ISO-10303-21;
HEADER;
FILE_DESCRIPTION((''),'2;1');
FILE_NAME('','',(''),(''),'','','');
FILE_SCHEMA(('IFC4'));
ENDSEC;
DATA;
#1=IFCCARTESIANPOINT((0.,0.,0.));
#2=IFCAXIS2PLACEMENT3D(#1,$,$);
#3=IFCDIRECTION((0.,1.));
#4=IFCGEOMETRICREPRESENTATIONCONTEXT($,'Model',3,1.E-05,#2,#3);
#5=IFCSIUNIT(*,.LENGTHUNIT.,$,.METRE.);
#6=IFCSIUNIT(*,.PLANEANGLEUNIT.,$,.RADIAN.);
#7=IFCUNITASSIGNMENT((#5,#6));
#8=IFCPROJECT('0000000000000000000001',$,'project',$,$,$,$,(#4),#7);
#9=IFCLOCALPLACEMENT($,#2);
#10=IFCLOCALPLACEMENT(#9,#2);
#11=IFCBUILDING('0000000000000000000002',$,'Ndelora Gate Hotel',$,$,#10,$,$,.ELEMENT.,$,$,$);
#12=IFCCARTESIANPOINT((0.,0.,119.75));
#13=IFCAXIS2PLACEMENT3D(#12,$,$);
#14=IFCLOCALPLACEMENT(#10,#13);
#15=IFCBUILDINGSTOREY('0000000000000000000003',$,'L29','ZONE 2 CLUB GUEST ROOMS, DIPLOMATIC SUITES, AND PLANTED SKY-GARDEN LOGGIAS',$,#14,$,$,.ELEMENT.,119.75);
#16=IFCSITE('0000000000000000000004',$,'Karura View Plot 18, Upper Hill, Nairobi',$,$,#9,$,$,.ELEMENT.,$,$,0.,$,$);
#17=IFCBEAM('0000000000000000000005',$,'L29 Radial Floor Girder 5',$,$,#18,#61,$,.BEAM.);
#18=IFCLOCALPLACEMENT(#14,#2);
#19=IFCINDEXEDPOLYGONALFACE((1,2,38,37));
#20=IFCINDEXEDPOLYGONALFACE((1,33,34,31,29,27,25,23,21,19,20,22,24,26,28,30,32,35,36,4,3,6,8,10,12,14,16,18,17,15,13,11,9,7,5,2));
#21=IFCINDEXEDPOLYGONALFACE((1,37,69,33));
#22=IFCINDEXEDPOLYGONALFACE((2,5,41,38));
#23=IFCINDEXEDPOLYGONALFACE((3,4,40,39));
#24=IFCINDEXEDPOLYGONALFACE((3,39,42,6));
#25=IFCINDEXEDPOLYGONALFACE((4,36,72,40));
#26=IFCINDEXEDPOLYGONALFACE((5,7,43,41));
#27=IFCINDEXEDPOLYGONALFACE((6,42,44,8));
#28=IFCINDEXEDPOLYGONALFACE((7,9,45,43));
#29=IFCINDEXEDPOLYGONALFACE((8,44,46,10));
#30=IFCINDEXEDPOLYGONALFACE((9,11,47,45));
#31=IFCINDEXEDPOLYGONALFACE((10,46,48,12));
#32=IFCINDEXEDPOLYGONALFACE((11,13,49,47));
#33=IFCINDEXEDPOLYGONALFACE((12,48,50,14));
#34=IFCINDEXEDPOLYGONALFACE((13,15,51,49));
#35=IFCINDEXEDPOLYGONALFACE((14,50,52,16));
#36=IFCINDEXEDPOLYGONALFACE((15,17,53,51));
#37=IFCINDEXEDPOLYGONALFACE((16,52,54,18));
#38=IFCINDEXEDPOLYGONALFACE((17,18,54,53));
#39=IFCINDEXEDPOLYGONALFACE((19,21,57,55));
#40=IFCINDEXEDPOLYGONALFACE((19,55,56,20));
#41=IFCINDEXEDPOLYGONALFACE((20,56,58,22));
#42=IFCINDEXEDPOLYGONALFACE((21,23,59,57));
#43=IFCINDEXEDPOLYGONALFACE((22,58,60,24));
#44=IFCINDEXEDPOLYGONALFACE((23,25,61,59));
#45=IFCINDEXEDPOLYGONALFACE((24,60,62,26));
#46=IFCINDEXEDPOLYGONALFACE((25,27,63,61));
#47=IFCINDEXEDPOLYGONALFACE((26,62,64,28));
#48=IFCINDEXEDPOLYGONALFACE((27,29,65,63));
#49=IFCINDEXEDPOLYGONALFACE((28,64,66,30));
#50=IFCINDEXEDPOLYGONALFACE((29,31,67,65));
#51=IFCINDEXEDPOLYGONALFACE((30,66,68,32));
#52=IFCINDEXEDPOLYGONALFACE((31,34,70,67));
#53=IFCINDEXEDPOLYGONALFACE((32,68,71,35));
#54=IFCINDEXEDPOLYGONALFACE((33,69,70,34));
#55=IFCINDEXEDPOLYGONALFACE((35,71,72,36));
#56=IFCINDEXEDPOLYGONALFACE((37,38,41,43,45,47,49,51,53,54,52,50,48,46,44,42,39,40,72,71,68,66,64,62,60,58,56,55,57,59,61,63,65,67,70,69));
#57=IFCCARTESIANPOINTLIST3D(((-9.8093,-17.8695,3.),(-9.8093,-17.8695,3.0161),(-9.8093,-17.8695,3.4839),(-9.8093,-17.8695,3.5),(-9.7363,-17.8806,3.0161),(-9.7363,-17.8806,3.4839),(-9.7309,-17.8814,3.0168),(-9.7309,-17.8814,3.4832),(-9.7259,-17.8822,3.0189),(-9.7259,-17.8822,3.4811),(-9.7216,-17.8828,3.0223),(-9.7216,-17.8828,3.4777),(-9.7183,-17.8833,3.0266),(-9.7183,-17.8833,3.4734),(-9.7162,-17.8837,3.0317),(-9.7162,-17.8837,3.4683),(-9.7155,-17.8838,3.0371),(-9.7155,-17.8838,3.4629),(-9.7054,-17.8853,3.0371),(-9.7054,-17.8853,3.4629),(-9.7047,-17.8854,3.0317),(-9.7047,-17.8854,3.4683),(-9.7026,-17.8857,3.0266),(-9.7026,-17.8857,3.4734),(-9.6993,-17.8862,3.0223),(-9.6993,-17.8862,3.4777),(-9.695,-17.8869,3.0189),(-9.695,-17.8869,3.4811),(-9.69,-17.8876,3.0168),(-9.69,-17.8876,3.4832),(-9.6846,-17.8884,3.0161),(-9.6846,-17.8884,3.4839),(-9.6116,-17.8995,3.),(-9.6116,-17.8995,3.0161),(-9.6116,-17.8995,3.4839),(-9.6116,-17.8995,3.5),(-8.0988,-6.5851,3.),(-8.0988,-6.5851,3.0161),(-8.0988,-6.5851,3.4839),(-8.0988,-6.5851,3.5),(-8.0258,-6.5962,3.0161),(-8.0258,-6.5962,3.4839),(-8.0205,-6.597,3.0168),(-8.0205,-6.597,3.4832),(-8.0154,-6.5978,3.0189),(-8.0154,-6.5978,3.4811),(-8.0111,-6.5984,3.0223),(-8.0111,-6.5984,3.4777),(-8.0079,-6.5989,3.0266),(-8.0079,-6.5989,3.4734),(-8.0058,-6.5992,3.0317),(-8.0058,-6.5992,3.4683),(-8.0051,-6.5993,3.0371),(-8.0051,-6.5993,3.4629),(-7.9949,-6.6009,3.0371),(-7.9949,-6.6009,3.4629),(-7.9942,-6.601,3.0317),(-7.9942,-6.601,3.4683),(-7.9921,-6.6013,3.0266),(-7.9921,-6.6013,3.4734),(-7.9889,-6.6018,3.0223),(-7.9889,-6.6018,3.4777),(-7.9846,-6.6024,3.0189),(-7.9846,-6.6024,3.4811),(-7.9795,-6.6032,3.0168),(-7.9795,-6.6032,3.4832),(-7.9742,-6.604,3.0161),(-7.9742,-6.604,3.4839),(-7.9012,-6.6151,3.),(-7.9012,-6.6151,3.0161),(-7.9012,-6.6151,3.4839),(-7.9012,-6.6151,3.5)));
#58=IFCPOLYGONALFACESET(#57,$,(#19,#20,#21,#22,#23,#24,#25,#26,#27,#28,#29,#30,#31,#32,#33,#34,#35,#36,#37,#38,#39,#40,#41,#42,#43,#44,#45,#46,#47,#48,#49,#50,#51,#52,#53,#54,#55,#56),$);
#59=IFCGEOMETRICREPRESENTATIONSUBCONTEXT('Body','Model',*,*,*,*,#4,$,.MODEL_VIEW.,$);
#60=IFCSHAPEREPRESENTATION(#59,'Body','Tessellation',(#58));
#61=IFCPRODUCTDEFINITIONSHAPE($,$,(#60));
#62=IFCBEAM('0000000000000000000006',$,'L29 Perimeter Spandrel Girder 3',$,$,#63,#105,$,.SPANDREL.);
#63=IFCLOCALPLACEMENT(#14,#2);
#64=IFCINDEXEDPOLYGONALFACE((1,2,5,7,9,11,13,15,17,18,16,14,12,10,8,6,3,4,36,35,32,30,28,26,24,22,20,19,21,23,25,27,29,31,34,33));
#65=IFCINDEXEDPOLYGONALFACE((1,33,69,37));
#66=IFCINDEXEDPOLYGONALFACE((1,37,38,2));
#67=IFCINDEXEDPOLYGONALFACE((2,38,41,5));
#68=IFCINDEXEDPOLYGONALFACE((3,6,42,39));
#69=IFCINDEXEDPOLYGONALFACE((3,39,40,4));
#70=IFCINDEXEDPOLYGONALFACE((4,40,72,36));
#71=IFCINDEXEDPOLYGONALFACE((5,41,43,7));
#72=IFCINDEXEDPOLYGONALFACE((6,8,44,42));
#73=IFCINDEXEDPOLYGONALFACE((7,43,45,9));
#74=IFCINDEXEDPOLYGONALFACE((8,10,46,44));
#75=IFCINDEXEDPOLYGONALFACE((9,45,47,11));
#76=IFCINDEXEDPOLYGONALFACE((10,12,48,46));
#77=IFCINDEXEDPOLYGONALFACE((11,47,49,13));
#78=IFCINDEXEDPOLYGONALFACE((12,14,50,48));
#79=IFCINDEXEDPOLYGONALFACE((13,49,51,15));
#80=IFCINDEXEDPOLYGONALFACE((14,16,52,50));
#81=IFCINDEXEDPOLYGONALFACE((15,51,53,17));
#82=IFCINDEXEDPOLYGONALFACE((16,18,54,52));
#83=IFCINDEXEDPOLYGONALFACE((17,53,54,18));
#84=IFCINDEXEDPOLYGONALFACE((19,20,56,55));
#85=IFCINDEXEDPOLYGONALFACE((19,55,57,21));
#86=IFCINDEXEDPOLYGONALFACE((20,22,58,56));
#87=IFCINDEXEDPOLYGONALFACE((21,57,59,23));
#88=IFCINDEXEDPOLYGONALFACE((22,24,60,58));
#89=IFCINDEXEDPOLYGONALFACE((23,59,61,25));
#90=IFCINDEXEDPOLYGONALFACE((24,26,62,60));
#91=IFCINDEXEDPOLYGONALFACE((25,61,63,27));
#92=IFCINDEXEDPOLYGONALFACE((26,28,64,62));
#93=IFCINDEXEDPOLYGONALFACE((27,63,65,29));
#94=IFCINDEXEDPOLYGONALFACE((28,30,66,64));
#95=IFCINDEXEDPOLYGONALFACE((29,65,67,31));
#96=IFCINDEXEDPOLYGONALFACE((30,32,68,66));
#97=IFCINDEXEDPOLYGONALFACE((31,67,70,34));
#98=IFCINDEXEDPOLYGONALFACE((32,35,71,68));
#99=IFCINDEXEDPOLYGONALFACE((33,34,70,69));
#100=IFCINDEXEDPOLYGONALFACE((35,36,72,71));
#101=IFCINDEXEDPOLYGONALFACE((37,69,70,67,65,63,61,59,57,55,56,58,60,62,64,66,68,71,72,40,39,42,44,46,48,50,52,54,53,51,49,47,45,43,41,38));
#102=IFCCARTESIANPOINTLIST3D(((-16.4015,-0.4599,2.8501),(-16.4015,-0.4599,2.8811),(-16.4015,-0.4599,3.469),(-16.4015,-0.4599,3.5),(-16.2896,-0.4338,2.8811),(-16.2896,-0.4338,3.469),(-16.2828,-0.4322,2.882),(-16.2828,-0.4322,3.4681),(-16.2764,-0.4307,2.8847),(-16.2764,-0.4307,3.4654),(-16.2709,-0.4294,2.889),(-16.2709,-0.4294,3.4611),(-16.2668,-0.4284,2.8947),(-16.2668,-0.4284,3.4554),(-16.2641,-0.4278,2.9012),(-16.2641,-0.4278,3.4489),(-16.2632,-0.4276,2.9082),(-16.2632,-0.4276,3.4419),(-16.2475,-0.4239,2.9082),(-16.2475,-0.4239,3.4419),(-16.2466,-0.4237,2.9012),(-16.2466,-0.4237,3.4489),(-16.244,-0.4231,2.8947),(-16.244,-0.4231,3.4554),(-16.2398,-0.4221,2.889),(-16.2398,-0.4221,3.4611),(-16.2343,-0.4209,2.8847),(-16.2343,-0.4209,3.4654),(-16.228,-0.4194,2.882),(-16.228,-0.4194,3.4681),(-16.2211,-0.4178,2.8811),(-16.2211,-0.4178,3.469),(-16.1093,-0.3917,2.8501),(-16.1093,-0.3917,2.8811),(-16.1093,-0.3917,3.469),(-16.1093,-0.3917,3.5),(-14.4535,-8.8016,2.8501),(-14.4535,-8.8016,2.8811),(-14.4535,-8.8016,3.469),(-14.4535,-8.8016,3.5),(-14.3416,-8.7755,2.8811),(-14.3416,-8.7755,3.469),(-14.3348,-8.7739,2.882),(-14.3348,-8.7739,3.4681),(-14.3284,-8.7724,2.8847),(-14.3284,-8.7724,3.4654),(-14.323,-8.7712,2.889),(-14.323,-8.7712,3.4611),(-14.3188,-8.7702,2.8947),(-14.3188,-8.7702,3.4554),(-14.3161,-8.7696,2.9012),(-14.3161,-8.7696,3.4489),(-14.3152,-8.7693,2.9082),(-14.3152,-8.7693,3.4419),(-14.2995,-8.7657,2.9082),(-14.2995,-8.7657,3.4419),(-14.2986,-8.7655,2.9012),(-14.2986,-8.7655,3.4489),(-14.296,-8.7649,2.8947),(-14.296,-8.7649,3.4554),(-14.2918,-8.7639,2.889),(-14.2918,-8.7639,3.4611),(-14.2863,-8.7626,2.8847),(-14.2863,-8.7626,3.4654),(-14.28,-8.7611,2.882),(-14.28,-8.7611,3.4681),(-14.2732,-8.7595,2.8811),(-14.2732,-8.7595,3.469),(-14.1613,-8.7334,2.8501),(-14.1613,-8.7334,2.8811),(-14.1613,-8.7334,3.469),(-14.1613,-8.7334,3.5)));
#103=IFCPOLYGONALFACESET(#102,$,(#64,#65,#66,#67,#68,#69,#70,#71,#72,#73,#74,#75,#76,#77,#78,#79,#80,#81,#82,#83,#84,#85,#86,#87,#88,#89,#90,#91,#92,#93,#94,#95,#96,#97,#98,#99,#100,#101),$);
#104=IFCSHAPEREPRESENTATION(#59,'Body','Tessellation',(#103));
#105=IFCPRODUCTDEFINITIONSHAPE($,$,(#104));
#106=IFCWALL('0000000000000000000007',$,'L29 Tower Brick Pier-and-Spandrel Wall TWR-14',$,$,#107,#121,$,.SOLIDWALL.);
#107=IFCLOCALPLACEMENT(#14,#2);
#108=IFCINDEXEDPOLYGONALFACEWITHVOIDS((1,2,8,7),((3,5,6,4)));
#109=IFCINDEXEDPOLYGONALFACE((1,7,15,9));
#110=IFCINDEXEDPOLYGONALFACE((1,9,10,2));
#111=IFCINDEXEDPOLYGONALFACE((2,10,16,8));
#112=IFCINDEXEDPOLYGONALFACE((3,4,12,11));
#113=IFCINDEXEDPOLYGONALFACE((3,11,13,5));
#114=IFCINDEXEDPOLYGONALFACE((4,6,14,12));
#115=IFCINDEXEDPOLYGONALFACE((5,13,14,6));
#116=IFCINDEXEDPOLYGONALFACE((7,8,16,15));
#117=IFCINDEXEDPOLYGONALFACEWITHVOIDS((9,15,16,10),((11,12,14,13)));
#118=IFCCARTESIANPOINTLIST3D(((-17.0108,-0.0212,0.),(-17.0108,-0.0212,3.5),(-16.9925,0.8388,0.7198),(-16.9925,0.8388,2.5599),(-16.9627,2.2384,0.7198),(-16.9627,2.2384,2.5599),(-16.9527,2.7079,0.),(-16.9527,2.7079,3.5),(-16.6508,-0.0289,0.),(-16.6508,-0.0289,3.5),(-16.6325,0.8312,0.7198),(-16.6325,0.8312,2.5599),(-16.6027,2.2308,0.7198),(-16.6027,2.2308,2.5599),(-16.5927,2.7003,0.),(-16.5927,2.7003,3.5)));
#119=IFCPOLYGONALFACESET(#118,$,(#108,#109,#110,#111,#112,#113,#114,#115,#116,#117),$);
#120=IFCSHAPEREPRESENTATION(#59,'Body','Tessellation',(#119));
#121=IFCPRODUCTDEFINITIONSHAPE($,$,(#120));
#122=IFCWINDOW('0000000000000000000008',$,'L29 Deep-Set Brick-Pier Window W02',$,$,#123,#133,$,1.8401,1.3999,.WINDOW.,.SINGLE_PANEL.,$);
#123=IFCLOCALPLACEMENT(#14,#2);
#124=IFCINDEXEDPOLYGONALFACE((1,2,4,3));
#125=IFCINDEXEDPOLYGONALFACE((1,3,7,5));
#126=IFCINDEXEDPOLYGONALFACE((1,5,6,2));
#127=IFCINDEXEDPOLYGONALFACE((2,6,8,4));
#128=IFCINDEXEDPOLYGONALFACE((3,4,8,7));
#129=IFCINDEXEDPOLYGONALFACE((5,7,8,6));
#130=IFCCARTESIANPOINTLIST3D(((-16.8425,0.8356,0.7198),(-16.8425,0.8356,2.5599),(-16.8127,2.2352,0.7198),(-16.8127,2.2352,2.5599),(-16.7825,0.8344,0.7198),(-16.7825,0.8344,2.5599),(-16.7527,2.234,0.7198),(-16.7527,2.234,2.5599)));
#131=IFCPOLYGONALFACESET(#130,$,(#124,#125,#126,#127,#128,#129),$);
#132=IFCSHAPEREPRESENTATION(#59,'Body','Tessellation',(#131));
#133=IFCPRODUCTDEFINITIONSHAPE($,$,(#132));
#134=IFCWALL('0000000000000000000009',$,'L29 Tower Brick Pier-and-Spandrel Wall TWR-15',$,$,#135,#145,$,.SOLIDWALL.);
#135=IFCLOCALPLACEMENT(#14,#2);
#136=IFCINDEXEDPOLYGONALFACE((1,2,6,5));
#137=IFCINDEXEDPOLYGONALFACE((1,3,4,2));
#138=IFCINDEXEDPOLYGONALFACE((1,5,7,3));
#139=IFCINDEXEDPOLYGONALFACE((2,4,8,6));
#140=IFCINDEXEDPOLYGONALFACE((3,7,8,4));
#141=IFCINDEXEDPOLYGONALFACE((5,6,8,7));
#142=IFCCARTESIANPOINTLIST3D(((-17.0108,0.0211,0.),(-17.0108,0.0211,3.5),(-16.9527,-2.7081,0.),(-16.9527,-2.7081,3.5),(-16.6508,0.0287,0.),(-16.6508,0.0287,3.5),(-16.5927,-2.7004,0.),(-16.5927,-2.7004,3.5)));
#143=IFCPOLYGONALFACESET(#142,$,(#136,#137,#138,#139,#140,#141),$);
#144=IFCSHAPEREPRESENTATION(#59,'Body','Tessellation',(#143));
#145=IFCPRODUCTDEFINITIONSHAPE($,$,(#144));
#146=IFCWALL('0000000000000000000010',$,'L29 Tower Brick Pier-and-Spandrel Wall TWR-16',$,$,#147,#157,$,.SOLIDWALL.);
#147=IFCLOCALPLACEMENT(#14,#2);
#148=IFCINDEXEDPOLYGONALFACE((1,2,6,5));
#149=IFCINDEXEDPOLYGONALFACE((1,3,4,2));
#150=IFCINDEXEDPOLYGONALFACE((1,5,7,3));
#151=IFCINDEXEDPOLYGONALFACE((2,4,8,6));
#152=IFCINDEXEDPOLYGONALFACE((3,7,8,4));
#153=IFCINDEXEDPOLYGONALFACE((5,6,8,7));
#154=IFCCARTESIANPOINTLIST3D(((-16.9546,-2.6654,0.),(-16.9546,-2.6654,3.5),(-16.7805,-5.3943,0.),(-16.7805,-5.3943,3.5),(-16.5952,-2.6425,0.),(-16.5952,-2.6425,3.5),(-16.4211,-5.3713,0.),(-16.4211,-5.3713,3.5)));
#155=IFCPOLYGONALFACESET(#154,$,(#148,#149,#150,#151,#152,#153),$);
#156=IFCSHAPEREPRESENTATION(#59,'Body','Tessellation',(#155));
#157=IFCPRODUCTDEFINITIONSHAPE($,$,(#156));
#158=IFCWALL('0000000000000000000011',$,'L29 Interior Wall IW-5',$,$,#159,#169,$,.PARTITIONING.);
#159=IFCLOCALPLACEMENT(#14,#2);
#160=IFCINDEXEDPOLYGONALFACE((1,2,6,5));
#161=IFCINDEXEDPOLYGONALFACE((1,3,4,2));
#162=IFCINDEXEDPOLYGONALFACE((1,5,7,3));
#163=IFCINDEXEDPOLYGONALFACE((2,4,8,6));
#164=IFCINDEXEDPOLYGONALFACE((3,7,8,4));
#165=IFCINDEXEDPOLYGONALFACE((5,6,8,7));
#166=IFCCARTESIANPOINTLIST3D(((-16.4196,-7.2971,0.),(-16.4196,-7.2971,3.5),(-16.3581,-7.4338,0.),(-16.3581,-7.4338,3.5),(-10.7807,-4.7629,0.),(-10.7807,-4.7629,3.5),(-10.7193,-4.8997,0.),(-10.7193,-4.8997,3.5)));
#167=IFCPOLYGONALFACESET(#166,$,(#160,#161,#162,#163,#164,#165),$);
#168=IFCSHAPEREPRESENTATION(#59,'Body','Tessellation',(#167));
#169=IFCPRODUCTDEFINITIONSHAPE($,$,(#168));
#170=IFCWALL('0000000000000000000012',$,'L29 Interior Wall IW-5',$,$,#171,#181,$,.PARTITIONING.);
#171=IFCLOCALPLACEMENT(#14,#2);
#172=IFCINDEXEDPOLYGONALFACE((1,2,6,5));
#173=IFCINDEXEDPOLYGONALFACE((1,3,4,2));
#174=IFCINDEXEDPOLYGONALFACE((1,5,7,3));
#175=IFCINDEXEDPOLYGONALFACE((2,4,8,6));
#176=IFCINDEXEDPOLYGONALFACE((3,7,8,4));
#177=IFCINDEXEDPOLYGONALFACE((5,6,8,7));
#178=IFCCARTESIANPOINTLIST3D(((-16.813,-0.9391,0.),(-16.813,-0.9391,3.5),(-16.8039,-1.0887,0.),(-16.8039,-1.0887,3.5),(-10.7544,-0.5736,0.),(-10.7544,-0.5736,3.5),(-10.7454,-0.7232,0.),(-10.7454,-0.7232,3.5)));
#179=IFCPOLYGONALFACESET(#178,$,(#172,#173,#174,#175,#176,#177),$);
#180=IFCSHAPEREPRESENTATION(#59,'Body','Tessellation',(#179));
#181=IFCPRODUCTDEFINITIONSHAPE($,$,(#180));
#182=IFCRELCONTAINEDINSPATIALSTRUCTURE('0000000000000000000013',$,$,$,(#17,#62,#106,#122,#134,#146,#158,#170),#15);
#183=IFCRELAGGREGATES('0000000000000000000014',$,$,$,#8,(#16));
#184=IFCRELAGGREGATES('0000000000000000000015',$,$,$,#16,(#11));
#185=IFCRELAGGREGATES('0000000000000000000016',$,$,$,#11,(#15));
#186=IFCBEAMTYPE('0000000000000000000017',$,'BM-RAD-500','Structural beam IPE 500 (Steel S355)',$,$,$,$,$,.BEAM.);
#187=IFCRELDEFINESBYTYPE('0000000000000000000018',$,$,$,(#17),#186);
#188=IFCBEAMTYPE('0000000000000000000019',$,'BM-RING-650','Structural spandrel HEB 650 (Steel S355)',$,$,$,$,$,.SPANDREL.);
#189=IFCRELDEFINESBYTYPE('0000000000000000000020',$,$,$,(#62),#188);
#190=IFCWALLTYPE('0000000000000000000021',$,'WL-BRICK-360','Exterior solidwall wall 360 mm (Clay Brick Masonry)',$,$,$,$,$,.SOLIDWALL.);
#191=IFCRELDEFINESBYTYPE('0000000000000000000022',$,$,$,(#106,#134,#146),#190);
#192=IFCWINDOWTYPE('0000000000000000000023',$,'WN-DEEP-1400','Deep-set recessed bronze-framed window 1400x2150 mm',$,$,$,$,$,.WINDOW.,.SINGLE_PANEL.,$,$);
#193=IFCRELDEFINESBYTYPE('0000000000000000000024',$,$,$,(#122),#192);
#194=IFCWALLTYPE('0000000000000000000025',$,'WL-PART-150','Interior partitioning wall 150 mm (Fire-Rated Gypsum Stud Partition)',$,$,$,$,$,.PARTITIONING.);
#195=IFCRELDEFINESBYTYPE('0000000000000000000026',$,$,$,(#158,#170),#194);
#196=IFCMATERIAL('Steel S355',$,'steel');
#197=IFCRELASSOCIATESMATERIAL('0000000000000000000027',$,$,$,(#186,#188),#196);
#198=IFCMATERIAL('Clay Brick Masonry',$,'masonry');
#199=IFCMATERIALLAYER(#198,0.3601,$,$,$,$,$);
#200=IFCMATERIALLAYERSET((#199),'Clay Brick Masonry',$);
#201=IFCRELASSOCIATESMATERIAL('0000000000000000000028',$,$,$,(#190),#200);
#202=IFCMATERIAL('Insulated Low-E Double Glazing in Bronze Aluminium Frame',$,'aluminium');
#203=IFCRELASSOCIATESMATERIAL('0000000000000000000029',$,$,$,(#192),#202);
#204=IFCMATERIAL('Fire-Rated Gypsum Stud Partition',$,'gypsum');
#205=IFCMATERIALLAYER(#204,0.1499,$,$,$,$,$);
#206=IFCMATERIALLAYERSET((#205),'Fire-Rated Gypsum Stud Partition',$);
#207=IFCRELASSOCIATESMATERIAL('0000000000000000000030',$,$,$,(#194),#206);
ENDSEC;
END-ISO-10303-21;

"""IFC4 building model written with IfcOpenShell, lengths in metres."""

from ifc_helpers import new_model, si_unit, direction, frame, frame_2d, origin, origin_2d, place, context, subcontext, project, spatial, rectangle, i_section, extrude, material, layer, layer_set, material_profile, profile_set, type_object, element, fill, save


model = new_model("IFC4")

# Units and contexts
model_context = context("Model", 3, precision=1e-05, world=origin(), true_north=direction((0.0, 1.0)))
body_context = subcontext(model_context, "Body", "Model", "MODEL_VIEW")
ifc_project = project(units=[si_unit("LENGTHUNIT", "METRE"), si_unit("PLANEANGLEUNIT", "RADIAN")], contexts=[model_context])

# Site, building, storey
site_placement = place(None, origin())
site = spatial("IfcSite", under=ifc_project, at=site_placement, Name="Karura View Plot 18, Upper Hill, Nairobi", CompositionType="ELEMENT", RefElevation=0.0)
building_placement = place(site_placement, origin())
building = spatial("IfcBuilding", under=site, at=building_placement, Name="Ndelora Gate Hotel", CompositionType="ELEMENT")
storey_placement = place(building_placement, frame((0.0, 0.0, 119.75)))
storey = spatial("IfcBuildingStorey", under=building, at=storey_placement, Name="L29", Description="ZONE 2 CLUB GUEST ROOMS, DIPLOMATIC SUITES, AND PLANTED SKY-GARDEN LOGGIAS", CompositionType="ELEMENT", Elevation=119.75)

# Beams
ifc_material_1 = material(Name="Steel S355", Category="steel")
ifc_material_profile_1 = material_profile(ifc_material_1, i_section(OverallWidth=0.2, OverallDepth=0.5, WebThickness=0.0103, FlangeThickness=0.0161, FilletRadius=0.021, at=origin_2d()), Name="IPE 500")
ifc_profile_set_1 = profile_set([ifc_material_profile_1], Name="Steel S355")
beam_type_1 = type_object("IfcBeamType", Name="BM-RAD-500", Description="Structural beam IPE 500 (Steel S355)", PredefinedType="BEAM", material=ifc_profile_set_1)
beam_1_placement = place(storey_placement, frame((-8.0, -6.6001, 3.25), z_axis=(-0.149864, -0.988707, 0.0), x_axis=(0.988707, -0.149864, 0.0)))
element("IfcBeam", 1, at=beam_1_placement, inside=storey, type_object=beam_type_1, Name="L29 Radial Floor Girder 5", PredefinedType="BEAM", context=body_context, shape_type="SweptSolid", body=[
    extrude(i_section(OverallWidth=0.2, OverallDepth=0.5, WebThickness=0.0103, FlangeThickness=0.0161, FilletRadius=0.021, at=origin_2d()), origin(), (0.0, 0.0, 1.0), 11.4133),
])
ifc_material_profile_2 = material_profile(ifc_material_1, i_section(OverallWidth=0.3, OverallDepth=0.6499, WebThickness=0.0161, FlangeThickness=0.031, FilletRadius=0.0271, at=origin_2d()), Name="HEB 650")
ifc_profile_set_2 = profile_set([ifc_material_profile_2], Name="Steel S355")
beam_type_2 = type_object("IfcBeamType", Name="BM-RING-650", Description="Structural spandrel HEB 650 (Steel S355)", PredefinedType="SPANDREL", material=ifc_profile_set_2)
beam_2_placement = place(storey_placement, frame((-16.2554, -0.4258, 3.175), z_axis=(0.227404, -0.9738, 0.0), x_axis=(0.9738, 0.227404, 0.0)))
element("IfcBeam", 2, at=beam_2_placement, inside=storey, type_object=beam_type_2, Name="L29 Perimeter Spandrel Girder 3", PredefinedType="SPANDREL", context=body_context, shape_type="SweptSolid", body=[
    extrude(i_section(OverallWidth=0.3, OverallDepth=0.6499, WebThickness=0.0161, FlangeThickness=0.031, FilletRadius=0.0271, at=origin_2d()), origin(), (0.0, 0.0, 1.0), 8.5662),
])

# Wall, opening, window
ifc_material_2 = material(Name="Clay Brick Masonry", Category="masonry")
ifc_layer_1 = layer(ifc_material_2, 0.3601)
ifc_layer_set_1 = layer_set([ifc_layer_1], Name="Clay Brick Masonry")
wall_type_1 = type_object("IfcWallType", Name="WL-BRICK-360", Description="Exterior solidwall wall 360 mm (Clay Brick Masonry)", PredefinedType="SOLIDWALL", material=ifc_layer_set_1)
wall_1_placement = place(storey_placement, frame((-16.8308, -0.0249, 0.0), z_axis=(0.0, 0.0, 1.0), x_axis=(0.021287, 0.999773, 0.0)))
wall_1 = element("IfcWall", 3, at=wall_1_placement, inside=storey, type_object=wall_type_1, Name="L29 Tower Brick Pier-and-Spandrel Wall TWR-14", PredefinedType="SOLIDWALL", context=body_context, shape_type="SweptSolid", body=[
    extrude(rectangle(XDim=2.7297, YDim=0.3601, at=frame_2d((1.3647, 0.0))), origin(), (0.0, 0.0, 1.0), 3.5),
])
opening_1_placement = place(wall_1_placement, frame((0.8601, 0.0, 0.72)))
opening_1 = element("IfcOpeningElement", 4, at=opening_1_placement, cuts=wall_1, PredefinedType="OPENING", context=body_context, shape_type="SweptSolid", body=[
    extrude(rectangle(XDim=1.3999, YDim=1.8401, at=frame_2d((0.7, 0.9199))), frame((0.0, 0.1899, 0.0), z_axis=(0.0, -1.0, 0.0), x_axis=(1.0, 0.0, 0.0)), (0.0, 0.0, 1.0), 0.3801),
])
ifc_material_3 = material(Name="Insulated Low-E Double Glazing in Bronze Aluminium Frame", Category="aluminium")
window_type = type_object("IfcWindowType", Name="WN-DEEP-1400", Description="Deep-set recessed bronze-framed window 1400x2150 mm", PartitioningType="SINGLE_PANEL", PredefinedType="WINDOW", material=ifc_material_3)
window_placement = place(opening_1_placement, origin())
window = element("IfcWindow", 5, at=window_placement, inside=storey, type_object=window_type, Name="L29 Deep-Set Brick-Pier Window W02", OverallHeight=1.8401, OverallWidth=1.3999, PartitioningType="SINGLE_PANEL", PredefinedType="WINDOW", context=body_context, shape_type="SweptSolid", body=[
    extrude(rectangle(XDim=1.3999, YDim=1.8401, at=frame_2d((0.7, 0.9199))), frame((0.0, 0.03, 0.0), z_axis=(0.0, -1.0, 0.0), x_axis=(1.0, 0.0, 0.0)), (0.0, 0.0, 1.0), 0.0601),
])
fill(opening_1, window)

# Walls
wall_2_placement = place(storey_placement, frame((-16.7727, -2.7041, 0.0), z_axis=(0.0, 0.0, 1.0), x_axis=(-0.021287, 0.999773, 0.0)))
element("IfcWall", 6, at=wall_2_placement, inside=storey, type_object=wall_type_1, Name="L29 Tower Brick Pier-and-Spandrel Wall TWR-15", PredefinedType="SOLIDWALL", context=body_context, shape_type="SweptSolid", body=[
    extrude(rectangle(XDim=2.7297, YDim=0.3601, at=frame_2d((1.3647, 0.0))), origin(), (0.0, 0.0, 1.0), 3.5),
])
wall_3_placement = place(storey_placement, frame((-16.6008, -5.3828, 0.0), z_axis=(0.0, 0.0, 1.0), x_axis=(-0.063662, 0.997971, 0.0)))
element("IfcWall", 7, at=wall_3_placement, inside=storey, type_object=wall_type_1, Name="L29 Tower Brick Pier-and-Spandrel Wall TWR-16", PredefinedType="SOLIDWALL", context=body_context, shape_type="SweptSolid", body=[
    extrude(rectangle(XDim=2.7344, YDim=0.3601, at=frame_2d((1.3672, 0.0))), origin(), (0.0, 0.0, 1.0), 3.5),
])

# Shared definitions
ifc_material_4 = material(Name="Fire-Rated Gypsum Stud Partition", Category="gypsum")
ifc_layer_2 = layer(ifc_material_4, 0.1499)
ifc_layer_set_2 = layer_set([ifc_layer_2], Name="Fire-Rated Gypsum Stud Partition")
wall_type_2 = type_object("IfcWallType", Name="WL-PART-150", Description="Interior partitioning wall 150 mm (Fire-Rated Gypsum Stud Partition)", PredefinedType="PARTITIONING", material=ifc_layer_set_2)

# Walls
wall_4_placement = place(storey_placement, frame((-10.75, -4.8313, 0.0), z_axis=(0.0, 0.0, 1.0), x_axis=(-0.912123, -0.409916, 0.0)))
element("IfcWall", 8, at=wall_4_placement, inside=storey, type_object=wall_type_2, Name="L29 Interior Wall IW-5", PredefinedType="PARTITIONING", context=body_context, shape_type="SweptSolid", body=[
    extrude(rectangle(XDim=6.1821, YDim=0.1499, at=frame_2d((3.0911, 0.0))), origin(), (0.0, 0.0, 1.0), 3.5),
])
wall_5_placement = place(storey_placement, frame((-10.75, -0.6484, 0.0), z_axis=(0.0, 0.0, 1.0), x_axis=(-0.998185, -0.060215, 0.0)))
element("IfcWall", 9, at=wall_5_placement, inside=storey, type_object=wall_type_2, Name="L29 Interior Wall IW-5", PredefinedType="PARTITIONING", context=body_context, shape_type="SweptSolid", body=[
    extrude(rectangle(XDim=6.0696, YDim=0.1499, at=frame_2d((3.0347, 0.0))), origin(), (0.0, 0.0, 1.0), 3.5),
])

save(model, "model.ifc")
